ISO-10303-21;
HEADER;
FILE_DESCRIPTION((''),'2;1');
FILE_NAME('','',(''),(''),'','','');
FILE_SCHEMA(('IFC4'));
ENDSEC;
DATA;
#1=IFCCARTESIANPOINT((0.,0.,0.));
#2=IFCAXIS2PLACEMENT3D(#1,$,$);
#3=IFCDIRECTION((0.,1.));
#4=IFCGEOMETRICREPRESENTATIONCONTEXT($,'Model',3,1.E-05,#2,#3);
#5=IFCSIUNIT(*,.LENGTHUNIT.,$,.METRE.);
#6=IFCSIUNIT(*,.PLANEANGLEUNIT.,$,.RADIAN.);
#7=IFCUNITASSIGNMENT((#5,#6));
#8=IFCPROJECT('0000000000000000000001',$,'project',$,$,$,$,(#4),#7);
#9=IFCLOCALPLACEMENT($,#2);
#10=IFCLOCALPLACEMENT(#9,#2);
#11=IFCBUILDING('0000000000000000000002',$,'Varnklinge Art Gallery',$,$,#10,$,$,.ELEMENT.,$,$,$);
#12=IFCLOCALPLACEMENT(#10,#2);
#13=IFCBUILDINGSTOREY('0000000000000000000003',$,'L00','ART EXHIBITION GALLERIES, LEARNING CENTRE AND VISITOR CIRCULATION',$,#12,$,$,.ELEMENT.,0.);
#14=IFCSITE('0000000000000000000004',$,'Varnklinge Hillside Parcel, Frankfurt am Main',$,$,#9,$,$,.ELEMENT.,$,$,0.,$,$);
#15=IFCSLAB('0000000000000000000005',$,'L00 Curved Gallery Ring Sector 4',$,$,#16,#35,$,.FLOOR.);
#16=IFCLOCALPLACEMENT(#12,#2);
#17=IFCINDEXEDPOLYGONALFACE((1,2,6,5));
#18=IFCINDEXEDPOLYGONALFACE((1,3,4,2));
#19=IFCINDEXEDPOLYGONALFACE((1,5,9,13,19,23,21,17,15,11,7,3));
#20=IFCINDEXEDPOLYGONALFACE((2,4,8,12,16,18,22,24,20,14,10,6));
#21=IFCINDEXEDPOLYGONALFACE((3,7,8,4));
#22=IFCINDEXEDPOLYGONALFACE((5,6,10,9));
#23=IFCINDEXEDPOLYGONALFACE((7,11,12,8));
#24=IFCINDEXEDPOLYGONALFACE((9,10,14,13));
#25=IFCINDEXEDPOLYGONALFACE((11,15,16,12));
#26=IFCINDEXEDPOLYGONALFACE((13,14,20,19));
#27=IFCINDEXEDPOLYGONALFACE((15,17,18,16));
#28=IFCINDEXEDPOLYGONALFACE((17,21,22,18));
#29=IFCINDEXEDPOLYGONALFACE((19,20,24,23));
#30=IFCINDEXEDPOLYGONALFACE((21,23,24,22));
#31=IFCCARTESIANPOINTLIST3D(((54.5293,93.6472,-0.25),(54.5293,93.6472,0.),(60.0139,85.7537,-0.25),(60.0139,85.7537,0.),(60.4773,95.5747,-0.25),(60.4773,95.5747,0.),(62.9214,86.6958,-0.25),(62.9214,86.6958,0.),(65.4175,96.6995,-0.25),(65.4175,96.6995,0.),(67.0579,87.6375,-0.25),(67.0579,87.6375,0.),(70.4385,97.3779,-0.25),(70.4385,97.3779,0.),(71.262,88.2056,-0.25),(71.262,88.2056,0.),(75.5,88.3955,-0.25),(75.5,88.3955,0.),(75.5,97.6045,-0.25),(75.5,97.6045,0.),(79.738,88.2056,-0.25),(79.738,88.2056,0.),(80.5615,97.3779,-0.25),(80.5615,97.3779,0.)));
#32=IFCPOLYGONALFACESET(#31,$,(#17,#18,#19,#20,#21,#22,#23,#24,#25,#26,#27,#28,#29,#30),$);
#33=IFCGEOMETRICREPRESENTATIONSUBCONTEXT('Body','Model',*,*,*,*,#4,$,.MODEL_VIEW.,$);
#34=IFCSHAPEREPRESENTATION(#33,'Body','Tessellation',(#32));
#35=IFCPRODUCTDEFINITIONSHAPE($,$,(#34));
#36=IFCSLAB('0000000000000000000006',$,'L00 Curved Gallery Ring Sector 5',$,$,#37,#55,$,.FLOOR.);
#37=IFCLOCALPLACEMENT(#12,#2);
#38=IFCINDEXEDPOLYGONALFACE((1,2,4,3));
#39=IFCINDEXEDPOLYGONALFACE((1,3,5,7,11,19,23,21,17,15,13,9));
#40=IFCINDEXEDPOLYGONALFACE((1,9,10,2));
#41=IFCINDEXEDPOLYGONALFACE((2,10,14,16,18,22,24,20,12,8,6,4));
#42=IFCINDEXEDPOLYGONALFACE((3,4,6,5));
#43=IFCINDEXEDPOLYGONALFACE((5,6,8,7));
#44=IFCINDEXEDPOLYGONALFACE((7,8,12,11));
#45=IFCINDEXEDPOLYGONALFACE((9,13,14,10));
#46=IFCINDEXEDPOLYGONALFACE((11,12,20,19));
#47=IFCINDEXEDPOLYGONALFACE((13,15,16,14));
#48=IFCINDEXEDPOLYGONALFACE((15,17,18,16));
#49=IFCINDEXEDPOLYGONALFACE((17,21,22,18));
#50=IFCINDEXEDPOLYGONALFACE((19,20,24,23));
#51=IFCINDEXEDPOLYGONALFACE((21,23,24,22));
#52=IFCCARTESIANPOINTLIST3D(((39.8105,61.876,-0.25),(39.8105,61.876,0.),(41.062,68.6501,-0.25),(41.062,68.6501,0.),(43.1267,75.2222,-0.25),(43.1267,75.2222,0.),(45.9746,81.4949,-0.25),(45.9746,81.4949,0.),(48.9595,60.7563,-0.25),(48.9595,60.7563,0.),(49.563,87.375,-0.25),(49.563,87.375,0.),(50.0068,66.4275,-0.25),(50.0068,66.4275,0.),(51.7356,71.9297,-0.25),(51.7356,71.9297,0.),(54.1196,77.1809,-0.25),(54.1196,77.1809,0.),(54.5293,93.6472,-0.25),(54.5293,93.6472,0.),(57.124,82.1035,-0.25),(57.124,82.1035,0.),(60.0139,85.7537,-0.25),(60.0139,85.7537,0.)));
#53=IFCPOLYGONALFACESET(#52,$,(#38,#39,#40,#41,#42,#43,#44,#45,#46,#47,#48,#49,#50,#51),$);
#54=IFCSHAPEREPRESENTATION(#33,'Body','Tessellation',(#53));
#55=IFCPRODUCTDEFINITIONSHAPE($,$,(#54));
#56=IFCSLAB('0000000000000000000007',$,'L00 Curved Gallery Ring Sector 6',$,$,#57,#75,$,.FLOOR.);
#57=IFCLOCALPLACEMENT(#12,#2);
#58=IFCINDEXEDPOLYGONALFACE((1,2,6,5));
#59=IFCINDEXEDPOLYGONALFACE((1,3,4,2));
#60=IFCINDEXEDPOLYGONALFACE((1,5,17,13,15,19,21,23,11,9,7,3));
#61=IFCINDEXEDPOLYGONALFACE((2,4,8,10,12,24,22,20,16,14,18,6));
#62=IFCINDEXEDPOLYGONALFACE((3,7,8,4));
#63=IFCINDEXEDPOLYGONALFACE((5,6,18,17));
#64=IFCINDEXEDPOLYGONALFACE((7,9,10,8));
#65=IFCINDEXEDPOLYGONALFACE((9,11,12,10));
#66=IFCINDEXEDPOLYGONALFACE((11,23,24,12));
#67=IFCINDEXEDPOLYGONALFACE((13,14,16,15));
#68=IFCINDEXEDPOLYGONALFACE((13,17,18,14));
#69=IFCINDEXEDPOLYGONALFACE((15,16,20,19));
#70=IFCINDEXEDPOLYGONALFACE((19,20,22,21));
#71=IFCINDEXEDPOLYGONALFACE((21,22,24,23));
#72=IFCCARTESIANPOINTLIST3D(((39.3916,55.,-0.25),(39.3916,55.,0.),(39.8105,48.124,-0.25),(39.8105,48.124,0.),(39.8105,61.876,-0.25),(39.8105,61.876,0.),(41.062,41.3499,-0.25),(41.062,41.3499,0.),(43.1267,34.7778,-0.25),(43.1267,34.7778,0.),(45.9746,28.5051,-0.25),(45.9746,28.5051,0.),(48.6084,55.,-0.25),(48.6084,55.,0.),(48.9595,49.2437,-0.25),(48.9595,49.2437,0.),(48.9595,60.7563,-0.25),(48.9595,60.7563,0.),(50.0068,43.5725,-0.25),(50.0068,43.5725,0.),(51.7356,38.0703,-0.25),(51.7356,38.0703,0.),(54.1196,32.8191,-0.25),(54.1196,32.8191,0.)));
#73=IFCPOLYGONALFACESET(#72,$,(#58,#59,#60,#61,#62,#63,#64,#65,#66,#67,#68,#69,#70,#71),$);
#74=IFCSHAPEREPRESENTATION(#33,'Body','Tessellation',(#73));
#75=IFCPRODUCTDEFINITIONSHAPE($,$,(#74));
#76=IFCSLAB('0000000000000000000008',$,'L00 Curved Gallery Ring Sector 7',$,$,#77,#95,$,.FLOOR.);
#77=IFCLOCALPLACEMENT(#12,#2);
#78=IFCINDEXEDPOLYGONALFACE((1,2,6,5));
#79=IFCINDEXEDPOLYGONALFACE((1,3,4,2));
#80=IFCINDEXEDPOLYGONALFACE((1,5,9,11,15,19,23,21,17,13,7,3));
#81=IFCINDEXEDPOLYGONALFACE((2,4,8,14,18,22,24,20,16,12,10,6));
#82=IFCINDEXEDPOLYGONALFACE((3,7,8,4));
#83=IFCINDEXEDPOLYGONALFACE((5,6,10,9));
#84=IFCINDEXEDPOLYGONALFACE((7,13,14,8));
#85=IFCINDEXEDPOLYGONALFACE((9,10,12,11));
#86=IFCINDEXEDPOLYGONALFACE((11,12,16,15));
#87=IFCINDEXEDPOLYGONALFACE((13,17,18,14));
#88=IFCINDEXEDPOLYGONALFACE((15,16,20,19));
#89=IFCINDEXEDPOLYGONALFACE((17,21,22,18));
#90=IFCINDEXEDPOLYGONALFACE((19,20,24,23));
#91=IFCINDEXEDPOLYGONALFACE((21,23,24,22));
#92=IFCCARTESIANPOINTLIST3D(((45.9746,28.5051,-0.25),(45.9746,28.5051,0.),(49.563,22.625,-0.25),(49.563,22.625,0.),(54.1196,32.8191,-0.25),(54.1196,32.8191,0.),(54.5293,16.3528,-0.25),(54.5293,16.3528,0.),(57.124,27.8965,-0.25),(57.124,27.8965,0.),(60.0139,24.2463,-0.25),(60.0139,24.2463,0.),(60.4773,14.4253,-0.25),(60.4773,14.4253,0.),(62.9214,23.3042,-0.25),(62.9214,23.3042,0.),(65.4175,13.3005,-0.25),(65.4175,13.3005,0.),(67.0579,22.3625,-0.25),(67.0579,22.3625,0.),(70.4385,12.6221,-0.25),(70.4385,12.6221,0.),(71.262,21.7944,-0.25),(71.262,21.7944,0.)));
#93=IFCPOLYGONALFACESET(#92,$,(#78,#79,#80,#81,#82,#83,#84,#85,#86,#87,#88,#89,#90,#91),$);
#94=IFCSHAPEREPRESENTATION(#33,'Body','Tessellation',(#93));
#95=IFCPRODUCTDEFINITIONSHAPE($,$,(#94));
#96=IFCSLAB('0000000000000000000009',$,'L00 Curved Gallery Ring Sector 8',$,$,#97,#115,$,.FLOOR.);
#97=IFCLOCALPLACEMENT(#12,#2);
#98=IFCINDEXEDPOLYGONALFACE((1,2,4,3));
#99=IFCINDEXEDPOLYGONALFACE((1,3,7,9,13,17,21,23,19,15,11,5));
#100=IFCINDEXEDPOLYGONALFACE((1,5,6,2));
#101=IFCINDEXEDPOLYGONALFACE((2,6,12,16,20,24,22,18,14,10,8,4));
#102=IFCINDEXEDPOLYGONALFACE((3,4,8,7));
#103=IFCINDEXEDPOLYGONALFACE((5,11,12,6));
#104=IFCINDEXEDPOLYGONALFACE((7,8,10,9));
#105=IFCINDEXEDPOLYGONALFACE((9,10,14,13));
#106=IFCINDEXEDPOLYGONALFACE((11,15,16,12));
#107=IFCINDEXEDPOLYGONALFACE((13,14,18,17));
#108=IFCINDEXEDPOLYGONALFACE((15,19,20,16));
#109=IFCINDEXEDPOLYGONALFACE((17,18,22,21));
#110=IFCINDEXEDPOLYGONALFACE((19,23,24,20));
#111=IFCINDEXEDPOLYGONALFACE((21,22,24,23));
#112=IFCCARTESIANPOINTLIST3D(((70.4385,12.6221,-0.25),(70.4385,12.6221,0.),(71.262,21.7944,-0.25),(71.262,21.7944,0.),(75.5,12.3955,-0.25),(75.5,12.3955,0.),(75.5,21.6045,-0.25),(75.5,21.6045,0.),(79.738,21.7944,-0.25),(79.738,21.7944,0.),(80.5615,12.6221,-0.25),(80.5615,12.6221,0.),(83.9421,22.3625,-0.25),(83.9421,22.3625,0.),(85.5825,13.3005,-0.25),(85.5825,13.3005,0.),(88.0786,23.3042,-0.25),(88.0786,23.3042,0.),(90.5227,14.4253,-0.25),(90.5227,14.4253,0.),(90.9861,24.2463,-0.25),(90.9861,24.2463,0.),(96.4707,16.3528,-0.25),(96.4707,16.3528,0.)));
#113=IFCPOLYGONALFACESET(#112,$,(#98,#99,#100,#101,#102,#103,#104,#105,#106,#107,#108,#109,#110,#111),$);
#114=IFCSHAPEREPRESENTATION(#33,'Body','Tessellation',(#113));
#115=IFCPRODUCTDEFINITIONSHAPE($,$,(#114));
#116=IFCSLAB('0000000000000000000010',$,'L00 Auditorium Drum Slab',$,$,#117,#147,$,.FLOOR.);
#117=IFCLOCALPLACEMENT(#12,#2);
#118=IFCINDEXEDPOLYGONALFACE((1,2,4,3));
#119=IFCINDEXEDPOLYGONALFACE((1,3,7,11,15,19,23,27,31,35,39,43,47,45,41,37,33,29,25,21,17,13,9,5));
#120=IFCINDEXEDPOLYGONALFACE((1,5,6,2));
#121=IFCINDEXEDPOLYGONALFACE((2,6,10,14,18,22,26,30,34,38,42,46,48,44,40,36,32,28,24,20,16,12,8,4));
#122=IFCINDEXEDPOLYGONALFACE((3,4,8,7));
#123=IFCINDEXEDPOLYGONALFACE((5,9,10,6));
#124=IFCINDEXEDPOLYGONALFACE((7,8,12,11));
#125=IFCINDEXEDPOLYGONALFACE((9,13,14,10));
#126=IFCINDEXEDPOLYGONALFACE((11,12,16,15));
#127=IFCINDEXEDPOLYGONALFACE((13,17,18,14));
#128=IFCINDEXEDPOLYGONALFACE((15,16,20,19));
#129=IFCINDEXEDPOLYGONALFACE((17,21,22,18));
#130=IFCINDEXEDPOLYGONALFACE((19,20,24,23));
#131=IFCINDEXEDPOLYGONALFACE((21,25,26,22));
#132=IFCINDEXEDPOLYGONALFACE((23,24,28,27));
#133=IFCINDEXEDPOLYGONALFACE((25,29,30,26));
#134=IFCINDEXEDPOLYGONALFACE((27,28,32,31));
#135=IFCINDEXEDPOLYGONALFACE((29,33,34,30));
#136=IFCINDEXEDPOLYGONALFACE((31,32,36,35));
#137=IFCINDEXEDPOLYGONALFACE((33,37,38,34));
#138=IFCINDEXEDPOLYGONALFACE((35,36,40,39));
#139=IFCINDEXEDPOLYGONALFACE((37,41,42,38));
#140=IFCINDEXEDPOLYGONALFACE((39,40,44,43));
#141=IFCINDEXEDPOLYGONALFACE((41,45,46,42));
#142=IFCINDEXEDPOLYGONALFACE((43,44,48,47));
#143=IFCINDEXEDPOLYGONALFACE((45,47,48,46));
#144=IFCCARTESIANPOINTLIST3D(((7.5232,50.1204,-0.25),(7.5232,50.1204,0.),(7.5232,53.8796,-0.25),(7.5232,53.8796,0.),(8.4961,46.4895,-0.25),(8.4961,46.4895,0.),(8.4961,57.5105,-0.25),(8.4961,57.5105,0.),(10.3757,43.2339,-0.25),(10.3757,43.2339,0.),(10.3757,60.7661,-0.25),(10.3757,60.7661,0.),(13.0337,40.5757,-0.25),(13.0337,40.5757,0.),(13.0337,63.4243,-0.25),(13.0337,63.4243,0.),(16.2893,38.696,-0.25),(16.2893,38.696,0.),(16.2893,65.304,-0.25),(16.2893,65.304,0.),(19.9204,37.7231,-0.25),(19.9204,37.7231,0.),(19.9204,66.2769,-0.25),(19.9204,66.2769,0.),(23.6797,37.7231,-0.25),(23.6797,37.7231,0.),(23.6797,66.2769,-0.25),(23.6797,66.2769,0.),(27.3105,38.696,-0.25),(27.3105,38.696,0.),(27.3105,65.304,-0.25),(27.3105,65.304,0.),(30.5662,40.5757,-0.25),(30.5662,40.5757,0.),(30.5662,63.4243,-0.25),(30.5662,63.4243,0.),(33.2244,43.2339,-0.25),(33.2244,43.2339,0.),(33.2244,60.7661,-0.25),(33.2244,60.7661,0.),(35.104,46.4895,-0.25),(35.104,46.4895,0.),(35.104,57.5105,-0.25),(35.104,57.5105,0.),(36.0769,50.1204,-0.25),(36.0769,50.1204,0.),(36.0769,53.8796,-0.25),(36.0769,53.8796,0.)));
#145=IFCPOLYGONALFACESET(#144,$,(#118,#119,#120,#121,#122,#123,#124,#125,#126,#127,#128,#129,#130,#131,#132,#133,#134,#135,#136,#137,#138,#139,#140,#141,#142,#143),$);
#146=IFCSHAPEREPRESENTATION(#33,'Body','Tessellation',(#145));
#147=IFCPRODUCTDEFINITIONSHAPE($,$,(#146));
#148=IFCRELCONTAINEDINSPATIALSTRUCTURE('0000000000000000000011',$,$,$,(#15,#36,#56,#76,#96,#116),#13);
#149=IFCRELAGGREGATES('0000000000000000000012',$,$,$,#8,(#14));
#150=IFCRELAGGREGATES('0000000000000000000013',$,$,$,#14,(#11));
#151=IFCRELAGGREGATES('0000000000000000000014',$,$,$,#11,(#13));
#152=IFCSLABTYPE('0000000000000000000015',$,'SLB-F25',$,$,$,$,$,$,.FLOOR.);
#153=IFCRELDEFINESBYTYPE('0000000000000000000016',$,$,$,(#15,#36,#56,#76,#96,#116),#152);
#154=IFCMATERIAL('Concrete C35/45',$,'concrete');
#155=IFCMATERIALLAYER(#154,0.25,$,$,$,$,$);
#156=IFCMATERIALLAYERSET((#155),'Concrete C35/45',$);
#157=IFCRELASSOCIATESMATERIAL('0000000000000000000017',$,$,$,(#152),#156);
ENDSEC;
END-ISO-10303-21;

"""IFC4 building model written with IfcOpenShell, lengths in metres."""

from ifc_helpers import new_model, si_unit, direction, frame, origin, place, context, subcontext, project, spatial, polyline, outline, extrude, material, layer, layer_set, type_object, element, save


model = new_model("IFC4")

# Units and contexts
model_context = context("Model", 3, precision=1e-05, world=origin(), true_north=direction((0.0, 1.0)))
body_context = subcontext(model_context, "Body", "Model", "MODEL_VIEW")
ifc_project = project(units=[si_unit("LENGTHUNIT", "METRE"), si_unit("PLANEANGLEUNIT", "RADIAN")], contexts=[model_context])

# Site, building, storey
site_placement = place(None, origin())
site = spatial("IfcSite", under=ifc_project, at=site_placement, Name="Varnklinge Hillside Parcel, Frankfurt am Main", CompositionType="ELEMENT", RefElevation=0.0)
building_placement = place(site_placement, origin())
building = spatial("IfcBuilding", under=site, at=building_placement, Name="Varnklinge Art Gallery", CompositionType="ELEMENT")
storey_placement = place(building_placement, origin())
storey = spatial("IfcBuildingStorey", under=building, at=storey_placement, Name="L00", Description="ART EXHIBITION GALLERIES, LEARNING CENTRE AND VISITOR CIRCULATION", CompositionType="ELEMENT", Elevation=0.0)

# Slabs
ifc_material_1 = material(Name="Concrete C35/45", Category="concrete")
ifc_layer_1 = layer(ifc_material_1, 0.25)
ifc_layer_set_1 = layer_set([ifc_layer_1], Name="Concrete C35/45")
slab_type_1 = type_object("IfcSlabType", Name="SLB-F25", PredefinedType="FLOOR", material=ifc_layer_set_1)
slab_1_placement = place(storey_placement, frame((0.0, 0.0, -0.25)))
element("IfcSlab", 1, at=slab_1_placement, inside=storey, type_object=slab_type_1, Name="L00 Curved Gallery Ring Sector 4", PredefinedType="FLOOR", context=body_context, shape_type="SweptSolid", body=[
    extrude(outline(polyline([(75.5, 97.6045), (70.4385, 97.3779), (65.4175, 96.6995), (60.4773, 95.5747), (54.5293, 93.6472), (60.0139, 85.7537), (62.9214, 86.6958), (67.0579, 87.6375), (71.262, 88.2056), (75.5, 88.3955), (79.738, 88.2056), (80.5615, 97.3779), (75.5, 97.6045)])), origin(), (0.0, 0.0, 1.0), 0.25),
])
slab_2_placement = place(storey_placement, frame((0.0, 0.0, -0.25)))
element("IfcSlab", 2, at=slab_2_placement, inside=storey, type_object=slab_type_1, Name="L00 Curved Gallery Ring Sector 5", PredefinedType="FLOOR", context=body_context, shape_type="SweptSolid", body=[
    extrude(outline(polyline([(49.563, 87.375), (45.9746, 81.4949), (43.1267, 75.2222), (41.062, 68.6501), (39.8105, 61.876), (48.9595, 60.7563), (50.0068, 66.4275), (51.7356, 71.9297), (54.1196, 77.1809), (57.124, 82.1035), (60.0139, 85.7537), (54.5293, 93.6472), (49.563, 87.375)])), origin(), (0.0, 0.0, 1.0), 0.25),
])
slab_3_placement = place(storey_placement, frame((0.0, 0.0, -0.25)))
element("IfcSlab", 3, at=slab_3_placement, inside=storey, type_object=slab_type_1, Name="L00 Curved Gallery Ring Sector 6", PredefinedType="FLOOR", context=body_context, shape_type="SweptSolid", body=[
    extrude(outline(polyline([(39.3916, 55.0), (39.8105, 48.124), (41.062, 41.3499), (43.1267, 34.7778), (45.9746, 28.5051), (54.1196, 32.8191), (51.7356, 38.0703), (50.0068, 43.5725), (48.9595, 49.2437), (48.6084, 55.0), (48.9595, 60.7563), (39.8105, 61.876), (39.3916, 55.0)])), origin(), (0.0, 0.0, 1.0), 0.25),
])
slab_4_placement = place(storey_placement, frame((0.0, 0.0, -0.25)))
element("IfcSlab", 4, at=slab_4_placement, inside=storey, type_object=slab_type_1, Name="L00 Curved Gallery Ring Sector 7", PredefinedType="FLOOR", context=body_context, shape_type="SweptSolid", body=[
    extrude(outline(polyline([(49.563, 22.625), (54.5293, 16.3528), (60.4773, 14.4253), (65.4175, 13.3005), (70.4385, 12.6221), (71.262, 21.7944), (67.0579, 22.3625), (62.9214, 23.3042), (60.0139, 24.2463), (57.124, 27.8965), (54.1196, 32.8191), (45.9746, 28.5051), (49.563, 22.625)])), origin(), (0.0, 0.0, 1.0), 0.25),
])
slab_5_placement = place(storey_placement, frame((0.0, 0.0, -0.25)))
element("IfcSlab", 5, at=slab_5_placement, inside=storey, type_object=slab_type_1, Name="L00 Curved Gallery Ring Sector 8", PredefinedType="FLOOR", context=body_context, shape_type="SweptSolid", body=[
    extrude(outline(polyline([(75.5, 12.3955), (80.5615, 12.6221), (85.5825, 13.3005), (90.5227, 14.4253), (96.4707, 16.3528), (90.9861, 24.2463), (88.0786, 23.3042), (83.9421, 22.3625), (79.738, 21.7944), (75.5, 21.6045), (71.262, 21.7944), (70.4385, 12.6221), (75.5, 12.3955)])), origin(), (0.0, 0.0, 1.0), 0.25),
])
slab_6_placement = place(storey_placement, frame((0.0, 0.0, -0.25)))
element("IfcSlab", 6, at=slab_6_placement, inside=storey, type_object=slab_type_1, Name="L00 Auditorium Drum Slab", PredefinedType="FLOOR", context=body_context, shape_type="SweptSolid", body=[
    extrude(outline(polyline([(35.104, 57.5105), (33.2244, 60.7661), (30.5662, 63.4243), (27.3105, 65.304), (23.6797, 66.2769), (19.9204, 66.2769), (16.2893, 65.304), (13.0337, 63.4243), (10.3757, 60.7661), (8.4961, 57.5105), (7.5232, 53.8796), (7.5232, 50.1204), (8.4961, 46.4895), (10.3757, 43.2339), (13.0337, 40.5757), (16.2893, 38.696), (19.9204, 37.7231), (23.6797, 37.7231), (27.3105, 38.696), (30.5662, 40.5757), (33.2244, 43.2339), (35.104, 46.4895), (36.0769, 50.1204), (36.0769, 53.8796), (35.104, 57.5105)])), origin(), (0.0, 0.0, 1.0), 0.25),
])

save(model, "model.ifc")
